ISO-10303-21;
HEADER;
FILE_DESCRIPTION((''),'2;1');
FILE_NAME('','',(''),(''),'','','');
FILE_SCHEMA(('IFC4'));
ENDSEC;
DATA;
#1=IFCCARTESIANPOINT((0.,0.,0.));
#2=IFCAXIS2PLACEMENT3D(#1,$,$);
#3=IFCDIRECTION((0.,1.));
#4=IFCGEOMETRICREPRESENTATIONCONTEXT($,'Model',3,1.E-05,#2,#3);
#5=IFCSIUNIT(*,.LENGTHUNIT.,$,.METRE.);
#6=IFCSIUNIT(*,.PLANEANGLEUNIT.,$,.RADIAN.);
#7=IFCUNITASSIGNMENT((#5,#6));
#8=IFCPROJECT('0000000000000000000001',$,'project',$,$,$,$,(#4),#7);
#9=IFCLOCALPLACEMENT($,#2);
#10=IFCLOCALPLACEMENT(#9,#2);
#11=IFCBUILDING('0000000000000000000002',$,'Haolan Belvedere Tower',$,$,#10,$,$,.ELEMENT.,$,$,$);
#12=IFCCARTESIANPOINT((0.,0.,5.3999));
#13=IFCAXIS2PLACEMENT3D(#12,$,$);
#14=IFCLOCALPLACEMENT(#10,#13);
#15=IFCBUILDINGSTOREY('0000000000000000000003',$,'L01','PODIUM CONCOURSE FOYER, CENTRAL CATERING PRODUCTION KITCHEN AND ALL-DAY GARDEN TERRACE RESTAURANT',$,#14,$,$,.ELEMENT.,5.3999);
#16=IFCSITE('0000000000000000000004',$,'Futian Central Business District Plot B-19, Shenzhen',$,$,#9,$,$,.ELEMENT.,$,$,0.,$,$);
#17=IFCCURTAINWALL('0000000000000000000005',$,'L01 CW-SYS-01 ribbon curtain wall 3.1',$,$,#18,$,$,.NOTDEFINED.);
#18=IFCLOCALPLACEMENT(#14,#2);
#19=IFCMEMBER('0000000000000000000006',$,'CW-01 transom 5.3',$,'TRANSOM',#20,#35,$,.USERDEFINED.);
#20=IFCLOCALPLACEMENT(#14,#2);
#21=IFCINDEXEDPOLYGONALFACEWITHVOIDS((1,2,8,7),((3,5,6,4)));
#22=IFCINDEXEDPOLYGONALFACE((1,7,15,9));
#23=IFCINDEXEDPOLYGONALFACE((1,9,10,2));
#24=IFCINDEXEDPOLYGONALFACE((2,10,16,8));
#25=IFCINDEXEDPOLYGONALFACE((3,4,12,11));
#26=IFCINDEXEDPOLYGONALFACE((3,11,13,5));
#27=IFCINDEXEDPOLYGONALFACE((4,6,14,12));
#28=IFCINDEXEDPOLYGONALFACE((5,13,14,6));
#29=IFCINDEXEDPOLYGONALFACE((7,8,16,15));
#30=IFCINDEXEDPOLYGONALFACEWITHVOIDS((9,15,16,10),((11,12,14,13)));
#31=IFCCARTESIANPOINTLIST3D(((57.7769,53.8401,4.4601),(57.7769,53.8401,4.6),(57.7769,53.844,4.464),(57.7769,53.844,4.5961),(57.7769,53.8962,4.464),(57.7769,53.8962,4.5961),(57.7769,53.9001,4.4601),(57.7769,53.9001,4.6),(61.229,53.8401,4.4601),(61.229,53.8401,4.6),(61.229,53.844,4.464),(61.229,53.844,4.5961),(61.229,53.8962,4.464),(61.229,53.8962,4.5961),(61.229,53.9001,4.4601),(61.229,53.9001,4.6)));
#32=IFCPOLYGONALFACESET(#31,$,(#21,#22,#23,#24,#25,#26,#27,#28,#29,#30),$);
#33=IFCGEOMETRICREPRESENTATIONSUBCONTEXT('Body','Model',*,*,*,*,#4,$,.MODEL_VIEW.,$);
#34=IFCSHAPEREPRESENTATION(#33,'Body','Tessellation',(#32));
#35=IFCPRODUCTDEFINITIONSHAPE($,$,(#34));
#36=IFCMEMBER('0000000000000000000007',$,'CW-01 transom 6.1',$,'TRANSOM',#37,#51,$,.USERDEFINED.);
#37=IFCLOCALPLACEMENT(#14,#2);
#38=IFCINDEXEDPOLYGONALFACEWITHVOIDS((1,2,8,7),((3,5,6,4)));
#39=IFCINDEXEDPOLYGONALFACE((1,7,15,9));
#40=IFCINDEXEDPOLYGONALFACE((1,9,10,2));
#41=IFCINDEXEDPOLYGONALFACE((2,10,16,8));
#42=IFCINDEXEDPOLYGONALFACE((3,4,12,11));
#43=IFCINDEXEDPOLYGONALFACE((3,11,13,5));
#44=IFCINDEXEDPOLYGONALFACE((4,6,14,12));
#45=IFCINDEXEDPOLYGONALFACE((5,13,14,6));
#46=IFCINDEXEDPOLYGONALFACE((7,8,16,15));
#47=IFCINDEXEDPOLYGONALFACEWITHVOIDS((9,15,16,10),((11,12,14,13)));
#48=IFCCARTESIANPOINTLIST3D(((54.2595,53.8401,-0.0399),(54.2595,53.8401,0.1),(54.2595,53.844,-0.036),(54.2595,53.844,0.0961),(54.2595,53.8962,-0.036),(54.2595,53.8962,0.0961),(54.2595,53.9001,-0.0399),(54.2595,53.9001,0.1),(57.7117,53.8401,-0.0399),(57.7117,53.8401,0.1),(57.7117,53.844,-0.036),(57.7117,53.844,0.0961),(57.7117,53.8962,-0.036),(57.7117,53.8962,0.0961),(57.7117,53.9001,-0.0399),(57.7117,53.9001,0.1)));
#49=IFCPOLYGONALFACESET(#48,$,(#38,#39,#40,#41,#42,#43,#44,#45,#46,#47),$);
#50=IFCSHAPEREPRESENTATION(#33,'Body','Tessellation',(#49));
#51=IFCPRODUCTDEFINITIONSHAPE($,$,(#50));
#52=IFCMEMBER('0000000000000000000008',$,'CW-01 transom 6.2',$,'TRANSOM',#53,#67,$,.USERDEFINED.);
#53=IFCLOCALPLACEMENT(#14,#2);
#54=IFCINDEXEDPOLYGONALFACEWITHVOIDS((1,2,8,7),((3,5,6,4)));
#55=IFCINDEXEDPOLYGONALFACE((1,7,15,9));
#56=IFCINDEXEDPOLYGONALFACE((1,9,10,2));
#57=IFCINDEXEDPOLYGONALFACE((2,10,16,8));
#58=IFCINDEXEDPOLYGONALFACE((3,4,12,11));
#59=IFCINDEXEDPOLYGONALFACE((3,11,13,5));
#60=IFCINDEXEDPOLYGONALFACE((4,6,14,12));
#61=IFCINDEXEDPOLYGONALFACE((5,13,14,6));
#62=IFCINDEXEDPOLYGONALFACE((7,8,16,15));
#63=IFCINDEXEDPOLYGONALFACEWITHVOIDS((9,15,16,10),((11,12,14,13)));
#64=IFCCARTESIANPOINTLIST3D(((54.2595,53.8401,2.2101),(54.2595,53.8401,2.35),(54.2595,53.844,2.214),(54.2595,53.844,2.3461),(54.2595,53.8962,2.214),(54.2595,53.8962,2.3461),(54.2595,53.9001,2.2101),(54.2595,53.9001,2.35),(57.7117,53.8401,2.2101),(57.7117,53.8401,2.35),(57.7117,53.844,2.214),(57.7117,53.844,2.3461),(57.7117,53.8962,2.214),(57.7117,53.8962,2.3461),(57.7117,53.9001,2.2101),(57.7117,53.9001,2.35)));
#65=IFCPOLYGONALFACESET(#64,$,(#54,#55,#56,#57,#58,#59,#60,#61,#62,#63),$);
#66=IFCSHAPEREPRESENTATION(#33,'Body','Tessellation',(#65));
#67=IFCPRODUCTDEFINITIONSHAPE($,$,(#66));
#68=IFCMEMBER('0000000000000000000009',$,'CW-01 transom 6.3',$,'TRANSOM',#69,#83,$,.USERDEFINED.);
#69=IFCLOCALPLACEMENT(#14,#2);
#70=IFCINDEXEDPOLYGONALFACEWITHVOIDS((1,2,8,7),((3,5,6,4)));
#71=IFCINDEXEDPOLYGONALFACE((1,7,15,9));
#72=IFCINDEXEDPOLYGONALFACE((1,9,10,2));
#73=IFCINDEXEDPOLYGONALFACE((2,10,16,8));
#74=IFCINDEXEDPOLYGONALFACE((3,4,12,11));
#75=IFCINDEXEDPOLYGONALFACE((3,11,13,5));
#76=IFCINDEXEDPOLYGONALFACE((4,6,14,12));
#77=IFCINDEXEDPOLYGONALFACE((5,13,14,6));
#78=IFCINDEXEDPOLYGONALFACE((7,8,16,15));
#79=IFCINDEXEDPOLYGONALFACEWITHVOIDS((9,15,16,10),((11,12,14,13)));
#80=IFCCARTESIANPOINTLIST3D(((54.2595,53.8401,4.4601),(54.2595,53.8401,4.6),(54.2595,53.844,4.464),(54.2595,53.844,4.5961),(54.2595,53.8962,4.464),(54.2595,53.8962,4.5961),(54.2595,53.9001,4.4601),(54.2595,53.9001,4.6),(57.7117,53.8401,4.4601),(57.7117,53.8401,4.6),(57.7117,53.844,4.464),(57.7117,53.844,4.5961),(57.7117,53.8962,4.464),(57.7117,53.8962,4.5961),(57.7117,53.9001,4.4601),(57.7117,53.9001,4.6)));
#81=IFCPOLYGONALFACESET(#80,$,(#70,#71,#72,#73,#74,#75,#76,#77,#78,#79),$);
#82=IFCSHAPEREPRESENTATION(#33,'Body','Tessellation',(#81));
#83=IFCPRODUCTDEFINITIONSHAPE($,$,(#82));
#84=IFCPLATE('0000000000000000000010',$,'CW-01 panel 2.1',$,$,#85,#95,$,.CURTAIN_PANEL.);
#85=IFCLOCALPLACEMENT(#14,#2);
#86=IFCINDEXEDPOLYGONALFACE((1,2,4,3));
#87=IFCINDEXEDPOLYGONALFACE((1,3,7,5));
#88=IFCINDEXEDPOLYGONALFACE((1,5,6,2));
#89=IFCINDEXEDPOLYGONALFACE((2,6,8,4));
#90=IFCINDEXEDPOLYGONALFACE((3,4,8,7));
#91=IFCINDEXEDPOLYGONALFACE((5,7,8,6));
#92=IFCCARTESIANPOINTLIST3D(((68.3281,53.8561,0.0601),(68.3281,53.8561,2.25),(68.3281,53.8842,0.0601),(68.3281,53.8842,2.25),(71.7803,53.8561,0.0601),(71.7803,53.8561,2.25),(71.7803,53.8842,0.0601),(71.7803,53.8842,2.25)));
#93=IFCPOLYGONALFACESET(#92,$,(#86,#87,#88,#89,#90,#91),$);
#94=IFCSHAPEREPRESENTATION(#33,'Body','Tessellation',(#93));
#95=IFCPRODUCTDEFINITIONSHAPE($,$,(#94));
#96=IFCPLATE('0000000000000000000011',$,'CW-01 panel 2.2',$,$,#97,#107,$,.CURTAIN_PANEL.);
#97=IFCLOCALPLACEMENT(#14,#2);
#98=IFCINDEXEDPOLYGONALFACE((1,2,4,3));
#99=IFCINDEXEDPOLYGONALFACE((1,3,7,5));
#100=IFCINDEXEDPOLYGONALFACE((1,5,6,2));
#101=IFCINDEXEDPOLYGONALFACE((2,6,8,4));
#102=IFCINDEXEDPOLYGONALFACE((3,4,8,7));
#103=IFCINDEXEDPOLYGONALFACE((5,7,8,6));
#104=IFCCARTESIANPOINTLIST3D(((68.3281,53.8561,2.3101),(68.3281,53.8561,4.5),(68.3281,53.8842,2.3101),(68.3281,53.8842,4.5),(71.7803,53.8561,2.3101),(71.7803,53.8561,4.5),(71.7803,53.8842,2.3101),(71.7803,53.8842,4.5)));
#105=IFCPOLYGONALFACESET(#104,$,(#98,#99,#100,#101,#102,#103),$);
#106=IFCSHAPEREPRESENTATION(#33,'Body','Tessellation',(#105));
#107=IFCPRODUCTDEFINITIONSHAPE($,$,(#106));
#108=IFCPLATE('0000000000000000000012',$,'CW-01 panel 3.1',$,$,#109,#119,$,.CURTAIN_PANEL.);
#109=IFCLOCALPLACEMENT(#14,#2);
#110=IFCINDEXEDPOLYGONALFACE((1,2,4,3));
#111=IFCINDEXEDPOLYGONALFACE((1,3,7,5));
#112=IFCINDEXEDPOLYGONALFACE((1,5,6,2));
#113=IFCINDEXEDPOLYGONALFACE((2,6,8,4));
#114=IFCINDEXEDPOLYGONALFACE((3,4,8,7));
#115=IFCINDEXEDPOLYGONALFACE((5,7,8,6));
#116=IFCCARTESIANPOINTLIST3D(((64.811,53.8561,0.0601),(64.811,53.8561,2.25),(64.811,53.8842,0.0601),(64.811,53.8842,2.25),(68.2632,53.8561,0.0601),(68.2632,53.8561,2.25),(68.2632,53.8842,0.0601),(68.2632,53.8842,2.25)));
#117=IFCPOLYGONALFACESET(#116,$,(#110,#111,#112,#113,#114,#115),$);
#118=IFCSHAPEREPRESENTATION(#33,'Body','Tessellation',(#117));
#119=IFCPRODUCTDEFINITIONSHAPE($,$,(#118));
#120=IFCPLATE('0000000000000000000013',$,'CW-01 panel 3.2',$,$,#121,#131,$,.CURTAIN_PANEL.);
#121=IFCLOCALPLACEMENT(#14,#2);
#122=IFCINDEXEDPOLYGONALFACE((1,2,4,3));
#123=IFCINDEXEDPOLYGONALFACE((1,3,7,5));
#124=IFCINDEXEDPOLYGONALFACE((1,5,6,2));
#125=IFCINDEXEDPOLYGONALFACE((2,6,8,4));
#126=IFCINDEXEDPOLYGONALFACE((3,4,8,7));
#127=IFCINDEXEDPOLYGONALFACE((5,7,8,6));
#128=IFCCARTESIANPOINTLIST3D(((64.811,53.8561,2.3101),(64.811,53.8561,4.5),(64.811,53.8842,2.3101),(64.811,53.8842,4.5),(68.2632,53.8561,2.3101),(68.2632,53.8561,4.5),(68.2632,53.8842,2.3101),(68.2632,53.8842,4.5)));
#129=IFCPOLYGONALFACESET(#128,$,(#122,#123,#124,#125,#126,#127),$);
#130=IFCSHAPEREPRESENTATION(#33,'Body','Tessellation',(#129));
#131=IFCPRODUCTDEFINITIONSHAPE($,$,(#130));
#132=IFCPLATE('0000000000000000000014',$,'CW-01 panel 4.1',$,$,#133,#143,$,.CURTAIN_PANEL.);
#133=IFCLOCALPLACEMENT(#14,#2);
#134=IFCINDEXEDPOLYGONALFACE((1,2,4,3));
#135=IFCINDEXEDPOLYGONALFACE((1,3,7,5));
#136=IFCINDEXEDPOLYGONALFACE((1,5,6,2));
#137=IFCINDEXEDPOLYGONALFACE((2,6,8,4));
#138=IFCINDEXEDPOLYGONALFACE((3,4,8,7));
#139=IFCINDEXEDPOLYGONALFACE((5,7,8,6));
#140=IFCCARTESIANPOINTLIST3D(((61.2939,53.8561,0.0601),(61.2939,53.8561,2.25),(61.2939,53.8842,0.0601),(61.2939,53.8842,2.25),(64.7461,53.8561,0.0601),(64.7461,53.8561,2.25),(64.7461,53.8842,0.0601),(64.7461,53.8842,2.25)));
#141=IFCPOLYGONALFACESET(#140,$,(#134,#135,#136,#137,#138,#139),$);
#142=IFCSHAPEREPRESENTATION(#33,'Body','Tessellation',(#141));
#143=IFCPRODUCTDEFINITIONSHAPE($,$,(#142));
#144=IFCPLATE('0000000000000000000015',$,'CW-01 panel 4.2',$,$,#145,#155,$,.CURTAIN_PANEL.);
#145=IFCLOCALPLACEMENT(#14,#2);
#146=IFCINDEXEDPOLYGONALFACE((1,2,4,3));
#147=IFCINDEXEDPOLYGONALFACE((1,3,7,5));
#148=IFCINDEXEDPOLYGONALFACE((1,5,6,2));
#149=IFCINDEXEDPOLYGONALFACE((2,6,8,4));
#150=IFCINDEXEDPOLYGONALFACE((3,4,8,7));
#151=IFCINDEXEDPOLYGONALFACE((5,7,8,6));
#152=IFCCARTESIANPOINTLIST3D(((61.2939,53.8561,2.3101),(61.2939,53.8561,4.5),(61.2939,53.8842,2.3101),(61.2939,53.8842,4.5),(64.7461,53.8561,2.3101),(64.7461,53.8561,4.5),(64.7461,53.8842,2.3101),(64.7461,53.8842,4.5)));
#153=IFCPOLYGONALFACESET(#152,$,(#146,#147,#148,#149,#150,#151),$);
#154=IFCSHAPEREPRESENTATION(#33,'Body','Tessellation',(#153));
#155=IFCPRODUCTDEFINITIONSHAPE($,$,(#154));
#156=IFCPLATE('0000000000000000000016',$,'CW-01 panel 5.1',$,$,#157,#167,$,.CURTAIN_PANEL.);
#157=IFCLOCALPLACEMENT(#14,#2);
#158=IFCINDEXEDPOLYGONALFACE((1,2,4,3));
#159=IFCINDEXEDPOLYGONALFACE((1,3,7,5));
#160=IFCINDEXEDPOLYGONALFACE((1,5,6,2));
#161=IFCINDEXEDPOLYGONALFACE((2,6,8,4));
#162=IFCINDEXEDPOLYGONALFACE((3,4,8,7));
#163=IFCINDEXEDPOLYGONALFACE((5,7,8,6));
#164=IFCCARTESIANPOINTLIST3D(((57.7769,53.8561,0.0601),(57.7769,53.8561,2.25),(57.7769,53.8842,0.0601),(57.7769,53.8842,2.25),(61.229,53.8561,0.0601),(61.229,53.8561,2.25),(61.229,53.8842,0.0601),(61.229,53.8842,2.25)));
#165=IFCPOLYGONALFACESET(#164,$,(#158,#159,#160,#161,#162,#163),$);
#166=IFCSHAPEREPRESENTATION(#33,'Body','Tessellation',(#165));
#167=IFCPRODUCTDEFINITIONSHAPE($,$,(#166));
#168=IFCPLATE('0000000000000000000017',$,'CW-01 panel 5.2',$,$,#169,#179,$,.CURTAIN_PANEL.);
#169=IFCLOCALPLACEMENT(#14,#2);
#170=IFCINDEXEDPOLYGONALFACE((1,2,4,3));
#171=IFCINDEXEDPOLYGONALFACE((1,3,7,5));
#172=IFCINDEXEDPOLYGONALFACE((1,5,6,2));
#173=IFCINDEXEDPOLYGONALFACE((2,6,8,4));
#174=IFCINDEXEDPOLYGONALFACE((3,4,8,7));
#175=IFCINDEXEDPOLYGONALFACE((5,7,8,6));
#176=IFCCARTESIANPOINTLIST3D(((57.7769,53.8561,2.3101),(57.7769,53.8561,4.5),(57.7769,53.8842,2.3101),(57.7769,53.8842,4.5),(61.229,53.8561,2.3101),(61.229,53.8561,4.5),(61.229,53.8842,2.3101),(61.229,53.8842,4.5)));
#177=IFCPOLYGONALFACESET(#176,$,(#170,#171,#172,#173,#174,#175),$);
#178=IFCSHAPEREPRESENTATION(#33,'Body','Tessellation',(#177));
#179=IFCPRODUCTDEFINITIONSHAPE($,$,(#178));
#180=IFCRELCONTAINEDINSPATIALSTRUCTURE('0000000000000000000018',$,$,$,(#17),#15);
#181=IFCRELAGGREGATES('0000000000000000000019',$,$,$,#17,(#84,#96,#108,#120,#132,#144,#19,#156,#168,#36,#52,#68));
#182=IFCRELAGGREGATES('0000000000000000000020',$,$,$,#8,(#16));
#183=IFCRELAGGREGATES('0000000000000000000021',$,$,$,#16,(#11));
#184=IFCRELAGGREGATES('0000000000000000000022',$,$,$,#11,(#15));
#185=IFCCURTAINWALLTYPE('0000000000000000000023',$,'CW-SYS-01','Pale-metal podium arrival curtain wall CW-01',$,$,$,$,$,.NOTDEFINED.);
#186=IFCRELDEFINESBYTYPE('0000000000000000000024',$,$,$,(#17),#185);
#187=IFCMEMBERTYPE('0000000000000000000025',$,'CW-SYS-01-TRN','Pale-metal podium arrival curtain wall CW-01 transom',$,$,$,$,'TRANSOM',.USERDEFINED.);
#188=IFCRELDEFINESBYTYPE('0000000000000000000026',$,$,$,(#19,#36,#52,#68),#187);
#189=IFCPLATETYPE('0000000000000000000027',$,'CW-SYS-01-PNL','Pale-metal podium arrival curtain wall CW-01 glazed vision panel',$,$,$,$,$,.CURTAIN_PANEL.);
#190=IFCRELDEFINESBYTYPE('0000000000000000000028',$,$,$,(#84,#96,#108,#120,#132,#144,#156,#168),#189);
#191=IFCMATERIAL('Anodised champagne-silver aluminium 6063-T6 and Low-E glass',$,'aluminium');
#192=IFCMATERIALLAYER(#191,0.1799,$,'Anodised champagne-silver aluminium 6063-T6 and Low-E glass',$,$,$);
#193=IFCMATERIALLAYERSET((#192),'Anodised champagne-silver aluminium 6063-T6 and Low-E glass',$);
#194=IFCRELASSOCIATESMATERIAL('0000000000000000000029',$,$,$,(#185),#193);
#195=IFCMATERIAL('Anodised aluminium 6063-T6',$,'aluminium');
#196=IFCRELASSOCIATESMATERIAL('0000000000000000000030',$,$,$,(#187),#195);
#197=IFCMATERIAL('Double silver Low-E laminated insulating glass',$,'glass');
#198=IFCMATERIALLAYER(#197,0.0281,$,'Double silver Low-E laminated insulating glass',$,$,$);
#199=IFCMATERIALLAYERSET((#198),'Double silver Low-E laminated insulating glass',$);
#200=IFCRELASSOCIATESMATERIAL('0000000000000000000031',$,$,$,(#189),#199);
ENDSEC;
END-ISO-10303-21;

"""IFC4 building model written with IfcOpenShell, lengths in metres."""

from ifc_helpers import new_model, si_unit, direction, frame, origin, origin_2d, place, context, subcontext, project, spatial, rectangle, hollow_rectangle, extrude, material, layer, layer_set, material_profile, profile_set, type_object, element, aggregate, save


model = new_model("IFC4")

# Units and contexts
model_context = context("Model", 3, precision=1e-05, world=origin(), true_north=direction((0.0, 1.0)))
body_context = subcontext(model_context, "Body", "Model", "MODEL_VIEW")
ifc_project = project(units=[si_unit("LENGTHUNIT", "METRE"), si_unit("PLANEANGLEUNIT", "RADIAN")], contexts=[model_context])

# Site, building, storey
site_placement = place(None, origin())
site = spatial("IfcSite", under=ifc_project, at=site_placement, Name="Futian Central Business District Plot B-19, Shenzhen", CompositionType="ELEMENT", RefElevation=0.0)
building_placement = place(site_placement, origin())
building = spatial("IfcBuilding", under=site, at=building_placement, Name="Haolan Belvedere Tower", CompositionType="ELEMENT")
storey_placement = place(building_placement, frame((0.0, 0.0, 5.3999)))
storey = spatial("IfcBuildingStorey", under=building, at=storey_placement, Name="L01", Description="PODIUM CONCOURSE FOYER, CENTRAL CATERING PRODUCTION KITCHEN AND ALL-DAY GARDEN TERRACE RESTAURANT", CompositionType="ELEMENT", Elevation=5.3999)

# Curtain wall, members, plates
ifc_material_1 = material(Name="Anodised champagne-silver aluminium 6063-T6 and Low-E glass", Category="aluminium")
ifc_layer_1 = layer(ifc_material_1, 0.1799, Name="Anodised champagne-silver aluminium 6063-T6 and Low-E glass")
ifc_layer_set_1 = layer_set([ifc_layer_1], Name="Anodised champagne-silver aluminium 6063-T6 and Low-E glass")
curtain_wall_type = type_object("IfcCurtainWallType", Name="CW-SYS-01", Description="Pale-metal podium arrival curtain wall CW-01", PredefinedType="NOTDEFINED", material=ifc_layer_set_1)
curtain_wall_placement = place(storey_placement, origin())
curtain_wall = element("IfcCurtainWall", 1, at=curtain_wall_placement, inside=storey, type_object=curtain_wall_type, Name="L01 CW-SYS-01 ribbon curtain wall 3.1", PredefinedType="NOTDEFINED")
ifc_material_2 = material(Name="Anodised aluminium 6063-T6", Category="aluminium")
ifc_material_profile_1 = material_profile(ifc_material_2, hollow_rectangle(XDim=0.0601, YDim=0.1399, WallThickness=0.0039, at=origin_2d()), Name="Anodised aluminium 6063-T6")
ifc_profile_set_1 = profile_set([ifc_material_profile_1], Name="Anodised aluminium 6063-T6")
member_type_1 = type_object("IfcMemberType", Name="CW-SYS-01-TRN", Description="Pale-metal podium arrival curtain wall CW-01 transom", ElementType="TRANSOM", PredefinedType="USERDEFINED", material=ifc_profile_set_1)
member_1_placement = place(storey_placement, frame((61.229, 53.8701, 4.53), z_axis=(-1.0, 0.0, 0.0), x_axis=(0.0, -1.0, 0.0)))
member_1 = element("IfcMember", 2, at=member_1_placement, type_object=member_type_1, Name="CW-01 transom 5.3", ObjectType="TRANSOM", PredefinedType="USERDEFINED", context=body_context, shape_type="SweptSolid", body=[
    extrude(hollow_rectangle(XDim=0.0601, YDim=0.1399, WallThickness=0.0039, at=origin_2d()), origin(), (0.0, 0.0, 1.0), 3.4521),
])
member_2_placement = place(storey_placement, frame((57.7117, 53.8701, 0.03), z_axis=(-1.0, 0.0, 0.0), x_axis=(0.0, -1.0, 0.0)))
member_2 = element("IfcMember", 3, at=member_2_placement, type_object=member_type_1, Name="CW-01 transom 6.1", ObjectType="TRANSOM", PredefinedType="USERDEFINED", context=body_context, shape_type="SweptSolid", body=[
    extrude(hollow_rectangle(XDim=0.0601, YDim=0.1399, WallThickness=0.0039, at=origin_2d()), origin(), (0.0, 0.0, 1.0), 3.4521),
])
member_3_placement = place(storey_placement, frame((57.7117, 53.8701, 2.28), z_axis=(-1.0, 0.0, 0.0), x_axis=(0.0, -1.0, 0.0)))
member_3 = element("IfcMember", 4, at=member_3_placement, type_object=member_type_1, Name="CW-01 transom 6.2", ObjectType="TRANSOM", PredefinedType="USERDEFINED", context=body_context, shape_type="SweptSolid", body=[
    extrude(hollow_rectangle(XDim=0.0601, YDim=0.1399, WallThickness=0.0039, at=origin_2d()), origin(), (0.0, 0.0, 1.0), 3.4521),
])
member_4_placement = place(storey_placement, frame((57.7117, 53.8701, 4.53), z_axis=(-1.0, 0.0, 0.0), x_axis=(0.0, -1.0, 0.0)))
member_4 = element("IfcMember", 5, at=member_4_placement, type_object=member_type_1, Name="CW-01 transom 6.3", ObjectType="TRANSOM", PredefinedType="USERDEFINED", context=body_context, shape_type="SweptSolid", body=[
    extrude(hollow_rectangle(XDim=0.0601, YDim=0.1399, WallThickness=0.0039, at=origin_2d()), origin(), (0.0, 0.0, 1.0), 3.4521),
])
ifc_material_3 = material(Name="Double silver Low-E laminated insulating glass", Category="glass")
ifc_layer_2 = layer(ifc_material_3, 0.0281, Name="Double silver Low-E laminated insulating glass")
ifc_layer_set_2 = layer_set([ifc_layer_2], Name="Double silver Low-E laminated insulating glass")
plate_type = type_object("IfcPlateType", Name="CW-SYS-01-PNL", Description="Pale-metal podium arrival curtain wall CW-01 glazed vision panel", PredefinedType="CURTAIN_PANEL", material=ifc_layer_set_2)
plate_1_placement = place(storey_placement, frame((70.0542, 53.8701, 0.0601), z_axis=(0.0, 0.0, 1.0), x_axis=(-1.0, 0.0, 0.0)))
plate_1 = element("IfcPlate", 6, at=plate_1_placement, type_object=plate_type, Name="CW-01 panel 2.1", PredefinedType="CURTAIN_PANEL", context=body_context, shape_type="SweptSolid", body=[
    extrude(rectangle(XDim=3.4521, YDim=0.0281, at=origin_2d()), origin(), (0.0, 0.0, 1.0), 2.1899),
])
plate_2_placement = place(storey_placement, frame((70.0542, 53.8701, 2.3101), z_axis=(0.0, 0.0, 1.0), x_axis=(-1.0, 0.0, 0.0)))
plate_2 = element("IfcPlate", 7, at=plate_2_placement, type_object=plate_type, Name="CW-01 panel 2.2", PredefinedType="CURTAIN_PANEL", context=body_context, shape_type="SweptSolid", body=[
    extrude(rectangle(XDim=3.4521, YDim=0.0281, at=origin_2d()), origin(), (0.0, 0.0, 1.0), 2.1899),
])
plate_3_placement = place(storey_placement, frame((66.5371, 53.8701, 0.0601), z_axis=(0.0, 0.0, 1.0), x_axis=(-1.0, 0.0, 0.0)))
plate_3 = element("IfcPlate", 8, at=plate_3_placement, type_object=plate_type, Name="CW-01 panel 3.1", PredefinedType="CURTAIN_PANEL", context=body_context, shape_type="SweptSolid", body=[
    extrude(rectangle(XDim=3.4521, YDim=0.0281, at=origin_2d()), origin(), (0.0, 0.0, 1.0), 2.1899),
])
plate_4_placement = place(storey_placement, frame((66.5371, 53.8701, 2.3101), z_axis=(0.0, 0.0, 1.0), x_axis=(-1.0, 0.0, 0.0)))
plate_4 = element("IfcPlate", 9, at=plate_4_placement, type_object=plate_type, Name="CW-01 panel 3.2", PredefinedType="CURTAIN_PANEL", context=body_context, shape_type="SweptSolid", body=[
    extrude(rectangle(XDim=3.4521, YDim=0.0281, at=origin_2d()), origin(), (0.0, 0.0, 1.0), 2.1899),
])
plate_5_placement = place(storey_placement, frame((63.02, 53.8701, 0.0601), z_axis=(0.0, 0.0, 1.0), x_axis=(-1.0, 0.0, 0.0)))
plate_5 = element("IfcPlate", 10, at=plate_5_placement, type_object=plate_type, Name="CW-01 panel 4.1", PredefinedType="CURTAIN_PANEL", context=body_context, shape_type="SweptSolid", body=[
    extrude(rectangle(XDim=3.4521, YDim=0.0281, at=origin_2d()), origin(), (0.0, 0.0, 1.0), 2.1899),
])
plate_6_placement = place(storey_placement, frame((63.02, 53.8701, 2.3101), z_axis=(0.0, 0.0, 1.0), x_axis=(-1.0, 0.0, 0.0)))
plate_6 = element("IfcPlate", 11, at=plate_6_placement, type_object=plate_type, Name="CW-01 panel 4.2", PredefinedType="CURTAIN_PANEL", context=body_context, shape_type="SweptSolid", body=[
    extrude(rectangle(XDim=3.4521, YDim=0.0281, at=origin_2d()), origin(), (0.0, 0.0, 1.0), 2.1899),
])
plate_7_placement = place(storey_placement, frame((59.5029, 53.8701, 0.0601), z_axis=(0.0, 0.0, 1.0), x_axis=(-1.0, 0.0, 0.0)))
plate_7 = element("IfcPlate", 12, at=plate_7_placement, type_object=plate_type, Name="CW-01 panel 5.1", PredefinedType="CURTAIN_PANEL", context=body_context, shape_type="SweptSolid", body=[
    extrude(rectangle(XDim=3.4521, YDim=0.0281, at=origin_2d()), origin(), (0.0, 0.0, 1.0), 2.1899),
])
plate_8_placement = place(storey_placement, frame((59.5029, 53.8701, 2.3101), z_axis=(0.0, 0.0, 1.0), x_axis=(-1.0, 0.0, 0.0)))
plate_8 = element("IfcPlate", 13, at=plate_8_placement, type_object=plate_type, Name="CW-01 panel 5.2", PredefinedType="CURTAIN_PANEL", context=body_context, shape_type="SweptSolid", body=[
    extrude(rectangle(XDim=3.4521, YDim=0.0281, at=origin_2d()), origin(), (0.0, 0.0, 1.0), 2.1899),
])
aggregate(curtain_wall, [plate_1, plate_2, plate_3, plate_4, plate_5, plate_6, member_1, plate_7, plate_8, member_2, member_3, member_4])

save(model, "model.ifc")
